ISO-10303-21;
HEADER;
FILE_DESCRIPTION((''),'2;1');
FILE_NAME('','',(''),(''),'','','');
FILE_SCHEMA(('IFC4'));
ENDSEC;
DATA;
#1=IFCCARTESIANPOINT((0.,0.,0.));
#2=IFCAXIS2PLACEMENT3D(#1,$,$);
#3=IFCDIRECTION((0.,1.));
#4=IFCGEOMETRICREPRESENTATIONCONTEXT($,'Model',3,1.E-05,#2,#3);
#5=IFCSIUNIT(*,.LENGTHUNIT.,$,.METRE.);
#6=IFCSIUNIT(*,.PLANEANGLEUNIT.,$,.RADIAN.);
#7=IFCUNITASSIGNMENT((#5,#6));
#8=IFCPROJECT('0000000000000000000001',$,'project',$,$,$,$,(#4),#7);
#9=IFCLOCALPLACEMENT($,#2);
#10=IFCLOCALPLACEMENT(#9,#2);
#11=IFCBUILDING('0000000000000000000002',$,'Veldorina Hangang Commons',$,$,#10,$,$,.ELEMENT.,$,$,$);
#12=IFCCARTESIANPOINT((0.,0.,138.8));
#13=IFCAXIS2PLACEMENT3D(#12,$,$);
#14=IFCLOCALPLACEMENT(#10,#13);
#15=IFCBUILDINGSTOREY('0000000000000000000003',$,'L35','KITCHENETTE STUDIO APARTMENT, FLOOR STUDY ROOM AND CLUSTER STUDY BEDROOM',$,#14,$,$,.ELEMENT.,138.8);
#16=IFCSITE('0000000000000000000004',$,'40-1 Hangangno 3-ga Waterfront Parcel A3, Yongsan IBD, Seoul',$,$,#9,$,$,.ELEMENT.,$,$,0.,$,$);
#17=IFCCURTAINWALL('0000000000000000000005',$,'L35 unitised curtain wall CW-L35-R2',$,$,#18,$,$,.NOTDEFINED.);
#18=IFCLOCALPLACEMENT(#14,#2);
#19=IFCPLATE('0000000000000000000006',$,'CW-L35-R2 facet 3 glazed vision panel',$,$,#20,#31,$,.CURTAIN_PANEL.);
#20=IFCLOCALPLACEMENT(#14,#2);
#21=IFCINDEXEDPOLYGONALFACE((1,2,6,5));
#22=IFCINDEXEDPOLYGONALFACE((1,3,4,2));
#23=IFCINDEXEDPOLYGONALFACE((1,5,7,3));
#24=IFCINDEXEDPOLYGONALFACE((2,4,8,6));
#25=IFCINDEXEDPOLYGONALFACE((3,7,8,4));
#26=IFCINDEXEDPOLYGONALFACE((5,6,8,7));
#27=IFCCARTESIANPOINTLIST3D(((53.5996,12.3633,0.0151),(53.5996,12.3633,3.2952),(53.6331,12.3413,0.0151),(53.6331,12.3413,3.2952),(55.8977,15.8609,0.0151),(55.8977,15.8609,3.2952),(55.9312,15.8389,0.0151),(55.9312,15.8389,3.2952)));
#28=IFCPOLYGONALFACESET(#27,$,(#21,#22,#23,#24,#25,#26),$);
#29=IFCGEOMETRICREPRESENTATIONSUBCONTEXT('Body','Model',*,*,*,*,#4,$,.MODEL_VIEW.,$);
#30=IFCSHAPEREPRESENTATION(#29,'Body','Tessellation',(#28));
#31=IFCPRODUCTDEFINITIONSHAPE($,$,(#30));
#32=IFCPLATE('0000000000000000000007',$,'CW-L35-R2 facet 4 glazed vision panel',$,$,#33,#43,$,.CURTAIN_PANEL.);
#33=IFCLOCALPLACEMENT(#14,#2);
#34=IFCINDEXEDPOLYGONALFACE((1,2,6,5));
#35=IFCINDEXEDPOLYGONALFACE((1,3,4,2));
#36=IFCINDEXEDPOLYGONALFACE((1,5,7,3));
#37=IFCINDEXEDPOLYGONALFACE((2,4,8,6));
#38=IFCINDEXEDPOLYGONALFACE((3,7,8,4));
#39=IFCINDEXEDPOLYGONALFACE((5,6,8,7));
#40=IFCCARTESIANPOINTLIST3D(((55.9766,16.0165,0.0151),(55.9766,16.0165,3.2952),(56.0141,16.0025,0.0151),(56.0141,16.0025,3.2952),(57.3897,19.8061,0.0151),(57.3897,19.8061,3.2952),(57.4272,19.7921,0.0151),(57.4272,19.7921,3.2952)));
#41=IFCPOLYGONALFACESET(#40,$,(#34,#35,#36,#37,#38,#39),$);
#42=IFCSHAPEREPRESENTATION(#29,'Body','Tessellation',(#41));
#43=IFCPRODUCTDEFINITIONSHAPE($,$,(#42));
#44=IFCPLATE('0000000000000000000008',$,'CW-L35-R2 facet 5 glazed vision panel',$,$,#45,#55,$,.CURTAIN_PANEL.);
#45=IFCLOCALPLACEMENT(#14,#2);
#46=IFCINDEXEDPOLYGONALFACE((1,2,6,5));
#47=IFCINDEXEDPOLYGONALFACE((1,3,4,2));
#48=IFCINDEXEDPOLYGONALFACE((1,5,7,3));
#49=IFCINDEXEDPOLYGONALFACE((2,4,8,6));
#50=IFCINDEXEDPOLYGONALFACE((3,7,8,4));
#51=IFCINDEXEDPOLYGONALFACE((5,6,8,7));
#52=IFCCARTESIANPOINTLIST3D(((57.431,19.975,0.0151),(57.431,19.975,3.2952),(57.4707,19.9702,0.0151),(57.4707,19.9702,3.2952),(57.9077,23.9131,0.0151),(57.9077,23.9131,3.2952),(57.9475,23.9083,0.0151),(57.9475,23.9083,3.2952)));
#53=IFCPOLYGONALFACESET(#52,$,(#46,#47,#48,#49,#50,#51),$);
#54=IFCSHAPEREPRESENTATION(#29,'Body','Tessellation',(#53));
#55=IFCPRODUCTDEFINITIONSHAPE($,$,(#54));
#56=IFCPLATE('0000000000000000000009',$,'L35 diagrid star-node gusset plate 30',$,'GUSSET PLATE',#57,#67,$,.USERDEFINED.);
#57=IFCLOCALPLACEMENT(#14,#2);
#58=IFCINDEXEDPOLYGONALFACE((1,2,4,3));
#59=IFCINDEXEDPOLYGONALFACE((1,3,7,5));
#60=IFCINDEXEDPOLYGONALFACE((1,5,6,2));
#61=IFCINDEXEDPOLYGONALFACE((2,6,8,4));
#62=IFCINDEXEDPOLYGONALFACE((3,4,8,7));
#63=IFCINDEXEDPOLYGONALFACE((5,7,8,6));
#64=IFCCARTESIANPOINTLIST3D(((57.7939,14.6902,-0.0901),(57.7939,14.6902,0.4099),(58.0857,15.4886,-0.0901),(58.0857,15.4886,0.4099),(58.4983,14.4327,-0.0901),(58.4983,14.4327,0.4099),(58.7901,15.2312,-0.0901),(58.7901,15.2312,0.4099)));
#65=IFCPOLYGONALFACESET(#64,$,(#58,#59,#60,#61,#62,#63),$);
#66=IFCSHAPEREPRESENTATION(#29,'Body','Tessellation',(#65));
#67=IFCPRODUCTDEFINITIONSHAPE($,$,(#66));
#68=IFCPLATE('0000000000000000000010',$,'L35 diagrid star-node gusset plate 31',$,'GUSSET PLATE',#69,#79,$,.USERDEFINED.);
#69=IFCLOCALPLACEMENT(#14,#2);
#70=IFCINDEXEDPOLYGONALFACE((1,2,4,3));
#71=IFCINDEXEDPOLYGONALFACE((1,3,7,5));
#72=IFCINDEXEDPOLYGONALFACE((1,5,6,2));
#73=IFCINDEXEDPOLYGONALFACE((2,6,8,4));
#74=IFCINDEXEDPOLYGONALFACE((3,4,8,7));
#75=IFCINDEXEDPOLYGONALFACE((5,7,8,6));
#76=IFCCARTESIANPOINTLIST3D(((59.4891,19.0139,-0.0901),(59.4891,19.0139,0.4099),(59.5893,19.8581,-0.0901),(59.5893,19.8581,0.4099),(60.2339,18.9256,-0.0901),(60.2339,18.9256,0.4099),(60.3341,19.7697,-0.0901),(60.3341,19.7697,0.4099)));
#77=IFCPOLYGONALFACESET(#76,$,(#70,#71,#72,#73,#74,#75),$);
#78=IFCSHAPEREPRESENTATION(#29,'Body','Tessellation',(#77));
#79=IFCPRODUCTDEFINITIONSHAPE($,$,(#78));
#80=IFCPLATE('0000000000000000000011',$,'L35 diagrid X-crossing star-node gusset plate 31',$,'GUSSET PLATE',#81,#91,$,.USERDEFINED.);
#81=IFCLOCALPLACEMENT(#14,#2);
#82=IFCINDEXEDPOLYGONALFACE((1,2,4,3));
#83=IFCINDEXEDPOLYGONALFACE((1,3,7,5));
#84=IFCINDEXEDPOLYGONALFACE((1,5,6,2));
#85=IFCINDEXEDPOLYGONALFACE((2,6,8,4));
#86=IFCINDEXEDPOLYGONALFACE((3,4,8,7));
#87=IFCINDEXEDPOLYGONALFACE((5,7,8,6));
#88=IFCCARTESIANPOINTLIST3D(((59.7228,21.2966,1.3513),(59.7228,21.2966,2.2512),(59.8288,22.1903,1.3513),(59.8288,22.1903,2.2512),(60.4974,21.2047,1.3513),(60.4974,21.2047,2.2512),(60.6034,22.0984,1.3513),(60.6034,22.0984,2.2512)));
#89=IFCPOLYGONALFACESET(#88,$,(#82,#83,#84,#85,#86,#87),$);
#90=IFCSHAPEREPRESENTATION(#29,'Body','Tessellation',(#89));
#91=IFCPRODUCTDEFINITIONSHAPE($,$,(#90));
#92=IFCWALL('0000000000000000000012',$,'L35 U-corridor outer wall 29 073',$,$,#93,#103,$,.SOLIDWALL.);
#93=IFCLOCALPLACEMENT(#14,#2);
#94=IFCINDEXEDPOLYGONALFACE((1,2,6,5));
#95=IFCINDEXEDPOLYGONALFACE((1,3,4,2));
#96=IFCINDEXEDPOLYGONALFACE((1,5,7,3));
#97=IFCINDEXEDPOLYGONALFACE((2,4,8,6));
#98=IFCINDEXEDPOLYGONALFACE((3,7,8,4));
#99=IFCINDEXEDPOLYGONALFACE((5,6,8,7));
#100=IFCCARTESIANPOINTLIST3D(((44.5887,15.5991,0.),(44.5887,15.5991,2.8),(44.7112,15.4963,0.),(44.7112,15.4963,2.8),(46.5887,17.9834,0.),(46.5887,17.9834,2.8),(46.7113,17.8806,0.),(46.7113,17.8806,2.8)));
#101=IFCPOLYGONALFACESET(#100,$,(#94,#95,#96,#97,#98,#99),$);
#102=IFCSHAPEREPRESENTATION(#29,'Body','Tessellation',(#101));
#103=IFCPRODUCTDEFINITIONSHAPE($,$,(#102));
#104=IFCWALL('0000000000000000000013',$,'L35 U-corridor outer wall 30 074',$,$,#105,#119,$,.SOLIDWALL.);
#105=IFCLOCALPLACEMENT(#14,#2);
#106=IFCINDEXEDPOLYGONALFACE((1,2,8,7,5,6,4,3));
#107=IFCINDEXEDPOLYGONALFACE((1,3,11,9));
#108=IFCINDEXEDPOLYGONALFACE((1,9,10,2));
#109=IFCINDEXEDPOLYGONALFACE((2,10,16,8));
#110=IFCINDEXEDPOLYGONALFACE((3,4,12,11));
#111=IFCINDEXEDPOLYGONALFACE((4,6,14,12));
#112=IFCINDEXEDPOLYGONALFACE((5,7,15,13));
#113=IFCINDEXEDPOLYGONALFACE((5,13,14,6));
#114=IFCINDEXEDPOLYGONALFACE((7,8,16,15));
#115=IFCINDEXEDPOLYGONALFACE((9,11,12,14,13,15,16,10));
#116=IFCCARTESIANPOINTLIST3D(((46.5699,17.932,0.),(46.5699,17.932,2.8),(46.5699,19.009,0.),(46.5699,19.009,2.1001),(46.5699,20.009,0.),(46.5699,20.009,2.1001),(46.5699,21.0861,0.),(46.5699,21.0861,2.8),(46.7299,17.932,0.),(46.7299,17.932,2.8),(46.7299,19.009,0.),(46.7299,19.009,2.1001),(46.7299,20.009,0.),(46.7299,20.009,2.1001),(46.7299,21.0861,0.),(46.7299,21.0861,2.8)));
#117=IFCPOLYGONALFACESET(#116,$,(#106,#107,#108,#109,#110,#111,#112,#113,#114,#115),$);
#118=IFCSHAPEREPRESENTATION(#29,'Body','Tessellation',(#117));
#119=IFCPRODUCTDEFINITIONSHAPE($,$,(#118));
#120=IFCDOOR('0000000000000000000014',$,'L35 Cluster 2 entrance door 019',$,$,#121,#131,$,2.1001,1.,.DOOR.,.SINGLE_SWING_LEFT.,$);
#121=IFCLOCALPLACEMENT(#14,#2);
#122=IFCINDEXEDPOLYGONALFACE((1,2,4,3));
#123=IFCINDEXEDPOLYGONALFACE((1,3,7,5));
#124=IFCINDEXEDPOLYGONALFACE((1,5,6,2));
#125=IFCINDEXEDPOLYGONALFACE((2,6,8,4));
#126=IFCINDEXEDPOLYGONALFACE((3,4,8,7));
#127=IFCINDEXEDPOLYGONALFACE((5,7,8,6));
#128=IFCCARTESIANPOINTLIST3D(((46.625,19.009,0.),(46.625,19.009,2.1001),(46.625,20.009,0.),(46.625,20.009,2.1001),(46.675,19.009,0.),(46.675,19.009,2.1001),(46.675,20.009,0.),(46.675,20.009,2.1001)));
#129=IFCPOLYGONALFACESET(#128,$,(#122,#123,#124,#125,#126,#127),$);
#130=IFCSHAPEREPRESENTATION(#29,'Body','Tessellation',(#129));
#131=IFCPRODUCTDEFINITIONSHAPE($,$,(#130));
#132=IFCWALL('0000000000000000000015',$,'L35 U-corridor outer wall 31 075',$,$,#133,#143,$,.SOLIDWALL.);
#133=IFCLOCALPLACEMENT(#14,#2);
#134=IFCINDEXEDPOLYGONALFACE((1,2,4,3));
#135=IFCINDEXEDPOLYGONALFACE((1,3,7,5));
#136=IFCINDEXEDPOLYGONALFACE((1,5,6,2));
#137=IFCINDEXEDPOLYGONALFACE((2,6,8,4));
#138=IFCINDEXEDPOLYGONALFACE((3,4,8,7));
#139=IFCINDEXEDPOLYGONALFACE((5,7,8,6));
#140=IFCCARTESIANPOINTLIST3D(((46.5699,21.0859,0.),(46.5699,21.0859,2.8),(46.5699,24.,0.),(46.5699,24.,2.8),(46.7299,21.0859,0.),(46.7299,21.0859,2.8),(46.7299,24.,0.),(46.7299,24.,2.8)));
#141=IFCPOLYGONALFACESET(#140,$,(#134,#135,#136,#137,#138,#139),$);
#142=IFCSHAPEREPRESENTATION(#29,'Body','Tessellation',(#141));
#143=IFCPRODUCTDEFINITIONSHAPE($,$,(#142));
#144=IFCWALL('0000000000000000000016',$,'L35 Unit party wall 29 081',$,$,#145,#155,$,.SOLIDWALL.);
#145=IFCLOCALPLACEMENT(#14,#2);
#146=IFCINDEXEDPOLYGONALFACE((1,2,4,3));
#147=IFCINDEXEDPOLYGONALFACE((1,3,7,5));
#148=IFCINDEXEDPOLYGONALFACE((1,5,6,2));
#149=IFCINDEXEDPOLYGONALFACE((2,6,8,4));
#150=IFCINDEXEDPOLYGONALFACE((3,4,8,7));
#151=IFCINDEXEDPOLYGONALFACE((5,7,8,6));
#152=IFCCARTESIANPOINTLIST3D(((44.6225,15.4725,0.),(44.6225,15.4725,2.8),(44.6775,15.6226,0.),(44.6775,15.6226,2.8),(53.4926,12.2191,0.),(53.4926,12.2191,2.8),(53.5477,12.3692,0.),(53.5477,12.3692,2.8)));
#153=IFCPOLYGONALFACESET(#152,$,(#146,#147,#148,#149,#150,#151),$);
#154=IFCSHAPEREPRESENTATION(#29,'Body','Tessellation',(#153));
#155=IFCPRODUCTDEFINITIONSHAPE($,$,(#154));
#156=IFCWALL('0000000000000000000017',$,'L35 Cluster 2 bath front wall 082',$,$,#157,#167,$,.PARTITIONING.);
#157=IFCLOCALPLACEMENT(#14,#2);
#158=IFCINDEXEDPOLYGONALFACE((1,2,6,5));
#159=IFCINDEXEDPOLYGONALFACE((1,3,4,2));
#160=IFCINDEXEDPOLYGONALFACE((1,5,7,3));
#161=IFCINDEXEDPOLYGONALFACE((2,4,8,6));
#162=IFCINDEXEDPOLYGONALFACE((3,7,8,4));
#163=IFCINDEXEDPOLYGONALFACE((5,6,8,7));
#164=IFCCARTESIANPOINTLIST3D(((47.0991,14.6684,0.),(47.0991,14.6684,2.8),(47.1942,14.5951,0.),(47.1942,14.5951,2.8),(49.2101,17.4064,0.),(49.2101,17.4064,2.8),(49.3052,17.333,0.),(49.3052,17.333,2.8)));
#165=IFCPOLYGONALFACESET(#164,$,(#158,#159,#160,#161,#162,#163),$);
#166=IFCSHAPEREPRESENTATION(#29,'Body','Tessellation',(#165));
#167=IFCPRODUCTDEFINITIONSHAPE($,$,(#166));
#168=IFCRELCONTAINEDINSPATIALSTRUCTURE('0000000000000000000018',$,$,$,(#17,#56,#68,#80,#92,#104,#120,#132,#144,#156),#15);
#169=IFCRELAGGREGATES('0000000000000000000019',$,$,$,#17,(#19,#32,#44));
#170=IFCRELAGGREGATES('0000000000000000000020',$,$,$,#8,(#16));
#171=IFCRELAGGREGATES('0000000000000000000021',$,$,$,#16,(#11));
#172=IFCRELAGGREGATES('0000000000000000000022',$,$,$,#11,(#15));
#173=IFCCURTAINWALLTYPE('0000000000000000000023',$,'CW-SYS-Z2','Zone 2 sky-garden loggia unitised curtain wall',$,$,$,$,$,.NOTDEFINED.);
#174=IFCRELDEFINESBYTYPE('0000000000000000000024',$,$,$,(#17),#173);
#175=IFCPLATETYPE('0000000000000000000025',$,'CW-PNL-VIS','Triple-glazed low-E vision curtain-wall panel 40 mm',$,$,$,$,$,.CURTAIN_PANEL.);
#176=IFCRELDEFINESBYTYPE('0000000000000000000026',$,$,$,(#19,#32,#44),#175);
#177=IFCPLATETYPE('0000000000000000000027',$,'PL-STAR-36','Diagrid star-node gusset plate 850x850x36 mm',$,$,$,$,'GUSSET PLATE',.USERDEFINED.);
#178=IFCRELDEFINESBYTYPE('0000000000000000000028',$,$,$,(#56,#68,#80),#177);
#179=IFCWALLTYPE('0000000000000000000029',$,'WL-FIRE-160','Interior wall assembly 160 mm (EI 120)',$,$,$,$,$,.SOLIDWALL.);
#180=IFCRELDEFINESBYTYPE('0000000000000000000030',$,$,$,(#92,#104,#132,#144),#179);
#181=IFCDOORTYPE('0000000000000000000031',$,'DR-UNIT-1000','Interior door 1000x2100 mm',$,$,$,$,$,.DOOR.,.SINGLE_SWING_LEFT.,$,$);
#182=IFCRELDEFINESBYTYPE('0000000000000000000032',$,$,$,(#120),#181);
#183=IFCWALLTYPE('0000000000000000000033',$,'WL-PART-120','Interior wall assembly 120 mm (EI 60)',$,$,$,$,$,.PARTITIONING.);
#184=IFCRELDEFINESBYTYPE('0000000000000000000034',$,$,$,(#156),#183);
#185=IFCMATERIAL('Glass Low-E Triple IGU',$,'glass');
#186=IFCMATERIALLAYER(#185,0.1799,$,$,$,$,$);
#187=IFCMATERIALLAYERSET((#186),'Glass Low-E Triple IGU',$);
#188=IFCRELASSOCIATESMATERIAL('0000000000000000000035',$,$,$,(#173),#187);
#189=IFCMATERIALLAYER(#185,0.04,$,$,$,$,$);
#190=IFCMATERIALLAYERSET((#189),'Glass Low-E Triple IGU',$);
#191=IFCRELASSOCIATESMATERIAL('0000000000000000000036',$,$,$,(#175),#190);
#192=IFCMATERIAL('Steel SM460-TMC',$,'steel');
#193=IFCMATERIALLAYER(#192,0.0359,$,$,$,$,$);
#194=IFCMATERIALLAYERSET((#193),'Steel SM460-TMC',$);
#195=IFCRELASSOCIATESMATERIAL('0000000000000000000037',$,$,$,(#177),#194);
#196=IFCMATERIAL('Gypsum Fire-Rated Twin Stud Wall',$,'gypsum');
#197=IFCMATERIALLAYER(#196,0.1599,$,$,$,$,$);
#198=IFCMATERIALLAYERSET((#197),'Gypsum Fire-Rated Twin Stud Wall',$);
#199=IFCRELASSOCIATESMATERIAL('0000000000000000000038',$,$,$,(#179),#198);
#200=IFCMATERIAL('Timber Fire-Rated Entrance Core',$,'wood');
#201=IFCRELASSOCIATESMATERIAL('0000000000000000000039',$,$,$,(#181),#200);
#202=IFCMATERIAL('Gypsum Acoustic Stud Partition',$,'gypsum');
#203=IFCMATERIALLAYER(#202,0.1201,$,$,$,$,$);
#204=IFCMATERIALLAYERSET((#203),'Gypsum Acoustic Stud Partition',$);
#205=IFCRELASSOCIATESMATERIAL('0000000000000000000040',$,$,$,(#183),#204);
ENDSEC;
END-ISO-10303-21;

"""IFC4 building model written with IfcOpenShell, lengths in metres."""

from ifc_helpers import new_model, si_unit, direction, frame, frame_2d, origin, origin_2d, place, context, subcontext, project, spatial, rectangle, extrude, material, layer, layer_set, type_object, element, fill, aggregate, save


model = new_model("IFC4")

# Units and contexts
model_context = context("Model", 3, precision=1e-05, world=origin(), true_north=direction((0.0, 1.0)))
body_context = subcontext(model_context, "Body", "Model", "MODEL_VIEW")
ifc_project = project(units=[si_unit("LENGTHUNIT", "METRE"), si_unit("PLANEANGLEUNIT", "RADIAN")], contexts=[model_context])

# Site, building, storey
site_placement = place(None, origin())
site = spatial("IfcSite", under=ifc_project, at=site_placement, Name="40-1 Hangangno 3-ga Waterfront Parcel A3, Yongsan IBD, Seoul", CompositionType="ELEMENT", RefElevation=0.0)
building_placement = place(site_placement, origin())
building = spatial("IfcBuilding", under=site, at=building_placement, Name="Veldorina Hangang Commons", CompositionType="ELEMENT")
storey_placement = place(building_placement, frame((0.0, 0.0, 138.8)))
storey = spatial("IfcBuildingStorey", under=building, at=storey_placement, Name="L35", Description="KITCHENETTE STUDIO APARTMENT, FLOOR STUDY ROOM AND CLUSTER STUDY BEDROOM", CompositionType="ELEMENT", Elevation=138.8)

# Curtain wall
ifc_material_1 = material(Name="Glass Low-E Triple IGU", Category="glass")
ifc_layer_1 = layer(ifc_material_1, 0.1799)
ifc_layer_set_1 = layer_set([ifc_layer_1], Name="Glass Low-E Triple IGU")
curtain_wall_type = type_object("IfcCurtainWallType", Name="CW-SYS-Z2", Description="Zone 2 sky-garden loggia unitised curtain wall", PredefinedType="NOTDEFINED", material=ifc_layer_set_1)
curtain_wall_placement = place(storey_placement, origin())
curtain_wall = element("IfcCurtainWall", 1, at=curtain_wall_placement, inside=storey, type_object=curtain_wall_type, Name="L35 unitised curtain wall CW-L35-R2", PredefinedType="NOTDEFINED")

# Plates
ifc_layer_2 = layer(ifc_material_1, 0.04)
ifc_layer_set_2 = layer_set([ifc_layer_2], Name="Glass Low-E Triple IGU")
plate_type_1 = type_object("IfcPlateType", Name="CW-PNL-VIS", Description="Triple-glazed low-E vision curtain-wall panel 40 mm", PredefinedType="CURTAIN_PANEL", material=ifc_layer_set_2)
plate_1_placement = place(storey_placement, frame((54.7654, 14.1011, 0.0151), z_axis=(0.0, 0.0, 1.0), x_axis=(0.549125, 0.83574, 0.0)))
plate_1 = element("IfcPlate", 2, at=plate_1_placement, type_object=plate_type_1, Name="CW-L35-R2 facet 3 glazed vision panel", PredefinedType="CURTAIN_PANEL", context=body_context, shape_type="SweptSolid", body=[
    extrude(rectangle(XDim=4.1851, YDim=0.04, at=origin_2d()), origin(), (0.0, 0.0, 1.0), 3.28),
])
plate_2_placement = place(storey_placement, frame((56.7019, 17.9043, 0.0151), z_axis=(0.0, 0.0, 1.0), x_axis=(0.34939, 0.936977, 0.0)))
plate_2 = element("IfcPlate", 3, at=plate_2_placement, type_object=plate_type_1, Name="CW-L35-R2 facet 4 glazed vision panel", PredefinedType="CURTAIN_PANEL", context=body_context, shape_type="SweptSolid", body=[
    extrude(rectangle(XDim=4.0444, YDim=0.04, at=origin_2d()), origin(), (0.0, 0.0, 1.0), 3.28),
])
plate_3_placement = place(storey_placement, frame((57.6892, 21.9417, 0.0151), z_axis=(0.0, 0.0, 1.0), x_axis=(0.120189, 0.992751, 0.0)))
plate_3 = element("IfcPlate", 4, at=plate_3_placement, type_object=plate_type_1, Name="CW-L35-R2 facet 5 glazed vision panel", PredefinedType="CURTAIN_PANEL", context=body_context, shape_type="SweptSolid", body=[
    extrude(rectangle(XDim=3.9668, YDim=0.04, at=origin_2d()), origin(), (0.0, 0.0, 1.0), 3.28),
])
aggregate(curtain_wall, [plate_1, plate_2, plate_3])

# Plates
ifc_material_2 = material(Name="Steel SM460-TMC", Category="steel")
ifc_layer_3 = layer(ifc_material_2, 0.0359)
ifc_layer_set_3 = layer_set([ifc_layer_3], Name="Steel SM460-TMC")
plate_type_2 = type_object("IfcPlateType", Name="PL-STAR-36", Description="Diagrid star-node gusset plate 850x850x36 mm", ElementType="GUSSET PLATE", PredefinedType="USERDEFINED", material=ifc_layer_set_3)
for number, where, z_axis, x_axis, name in (
    (5, (58.292, 14.9607, -0.0901), (0.0, 0.0, 1.0), (0.343283, 0.939232, 0.0), "L35 diagrid star-node gusset plate 30"),
    (6, (59.9116, 19.3918, -0.0901), (0.0, 0.0, 1.0), (0.117832, 0.993034, 0.0), "L35 diagrid star-node gusset plate 31"),
):
    element("IfcPlate", number, at=place(storey_placement, frame(where, z_axis=z_axis, x_axis=x_axis)), inside=storey, type_object=plate_type_2, Name=name, ObjectType="GUSSET PLATE", PredefinedType="USERDEFINED", context=body_context, shape_type="SweptSolid", body=[
        extrude(rectangle(XDim=0.8501, YDim=0.75, at=origin_2d()), origin(), (0.0, 0.0, 1.0), 0.5),
    ])
plate_4_placement = place(storey_placement, frame((60.1631, 21.6975, 1.3513), z_axis=(0.0, 0.0, 1.0), x_axis=(0.117832, 0.993034, 0.0)))
element("IfcPlate", 7, at=plate_4_placement, inside=storey, type_object=plate_type_2, Name="L35 diagrid X-crossing star-node gusset plate 31", ObjectType="GUSSET PLATE", PredefinedType="USERDEFINED", context=body_context, shape_type="SweptSolid", body=[
    extrude(rectangle(XDim=0.8999, YDim=0.78, at=origin_2d()), origin(), (0.0, 0.0, 1.0), 0.8999),
])

# Wall
ifc_material_3 = material(Name="Gypsum Fire-Rated Twin Stud Wall", Category="gypsum")
ifc_layer_4 = layer(ifc_material_3, 0.1599)
ifc_layer_set_4 = layer_set([ifc_layer_4], Name="Gypsum Fire-Rated Twin Stud Wall")
wall_type_1 = type_object("IfcWallType", Name="WL-FIRE-160", Description="Interior wall assembly 160 mm (EI 120)", PredefinedType="SOLIDWALL", material=ifc_layer_set_4)
wall_1_placement = place(storey_placement, frame((44.6499, 15.5476, 0.0), z_axis=(0.0, 0.0, 1.0), x_axis=(0.642666, 0.766147, 0.0)))
element("IfcWall", 8, at=wall_1_placement, inside=storey, type_object=wall_type_1, Name="L35 U-corridor outer wall 29 073", PredefinedType="SOLIDWALL", context=body_context, shape_type="SweptSolid", body=[
    extrude(rectangle(XDim=3.1121, YDim=0.1599, at=frame_2d((1.5562, 0.0))), origin(), (0.0, 0.0, 1.0), 2.8),
])

# Wall, opening, door
wall_2_placement = place(storey_placement, frame((46.6499, 17.9319, 0.0), z_axis=(0.0, 0.0, 1.0), x_axis=(0.0, 1.0, 0.0)))
wall_2 = element("IfcWall", 9, at=wall_2_placement, inside=storey, type_object=wall_type_1, Name="L35 U-corridor outer wall 30 074", PredefinedType="SOLIDWALL", context=body_context, shape_type="SweptSolid", body=[
    extrude(rectangle(XDim=3.1541, YDim=0.1599, at=frame_2d((1.5771, 0.0))), origin(), (0.0, 0.0, 1.0), 2.8),
])
opening_1_placement = place(wall_2_placement, frame((1.0771, 0.0, 0.0)))
opening_1 = element("IfcOpeningElement", 10, at=opening_1_placement, cuts=wall_2, PredefinedType="OPENING", context=body_context, shape_type="SweptSolid", body=[
    extrude(rectangle(XDim=1.0, YDim=2.1001, at=frame_2d((0.5, 1.05))), frame((0.0, 0.0898, 0.0), z_axis=(0.0, -1.0, 0.0), x_axis=(1.0, 0.0, 0.0)), (0.0, 0.0, 1.0), 0.1799),
])
ifc_material_4 = material(Name="Timber Fire-Rated Entrance Core", Category="wood")
door_type_1 = type_object("IfcDoorType", Name="DR-UNIT-1000", Description="Interior door 1000x2100 mm", OperationType="SINGLE_SWING_LEFT", PredefinedType="DOOR", material=ifc_material_4)
door_1_placement = place(opening_1_placement, origin())
door_1 = element("IfcDoor", 11, at=door_1_placement, inside=storey, type_object=door_type_1, Name="L35 Cluster 2 entrance door 019", OperationType="SINGLE_SWING_LEFT", OverallHeight=2.1001, OverallWidth=1.0, PredefinedType="DOOR", context=body_context, shape_type="SweptSolid", body=[
    extrude(rectangle(XDim=1.0, YDim=2.1001, at=frame_2d((0.5, 1.05))), frame((0.0, 0.0249, 0.0), z_axis=(0.0, -1.0, 0.0), x_axis=(1.0, 0.0, 0.0)), (0.0, 0.0, 1.0), 0.05),
])
fill(opening_1, door_1)

# Walls
wall_3_placement = place(storey_placement, frame((46.6499, 21.0859, 0.0), z_axis=(0.0, 0.0, 1.0), x_axis=(0.0, 1.0, 0.0)))
element("IfcWall", 12, at=wall_3_placement, inside=storey, type_object=wall_type_1, Name="L35 U-corridor outer wall 31 075", PredefinedType="SOLIDWALL", context=body_context, shape_type="SweptSolid", body=[
    extrude(rectangle(XDim=2.9141, YDim=0.1599, at=frame_2d((1.457, 0.0))), origin(), (0.0, 0.0, 1.0), 2.8),
])
wall_4_placement = place(storey_placement, frame((44.6499, 15.5476, 0.0), z_axis=(0.0, 0.0, 1.0), x_axis=(0.938841, -0.344352, 0.0)))
element("IfcWall", 13, at=wall_4_placement, inside=storey, type_object=wall_type_1, Name="L35 Unit party wall 29 081", PredefinedType="SOLIDWALL", context=body_context, shape_type="SweptSolid", body=[
    extrude(rectangle(XDim=9.448, YDim=0.1599, at=frame_2d((4.7241, 0.0))), origin(), (0.0, 0.0, 1.0), 2.8),
])
ifc_material_5 = material(Name="Gypsum Acoustic Stud Partition", Category="gypsum")
ifc_layer_5 = layer(ifc_material_5, 0.1201)
ifc_layer_set_5 = layer_set([ifc_layer_5], Name="Gypsum Acoustic Stud Partition")
wall_type_2 = type_object("IfcWallType", Name="WL-PART-120", Description="Interior wall assembly 120 mm (EI 60)", PredefinedType="PARTITIONING", material=ifc_layer_set_5)
wall_5_placement = place(storey_placement, frame((47.1467, 14.6318, 0.0), z_axis=(0.0, 0.0, 1.0), x_axis=(0.610601, 0.791938, 0.0)))
element("IfcWall", 14, at=wall_5_placement, inside=storey, type_object=wall_type_2, Name="L35 Cluster 2 bath front wall 082", PredefinedType="PARTITIONING", context=body_context, shape_type="SweptSolid", body=[
    extrude(rectangle(XDim=3.4573, YDim=0.1201, at=frame_2d((1.7285, 0.0))), origin(), (0.0, 0.0, 1.0), 2.8),
])

save(model, "model.ifc")
